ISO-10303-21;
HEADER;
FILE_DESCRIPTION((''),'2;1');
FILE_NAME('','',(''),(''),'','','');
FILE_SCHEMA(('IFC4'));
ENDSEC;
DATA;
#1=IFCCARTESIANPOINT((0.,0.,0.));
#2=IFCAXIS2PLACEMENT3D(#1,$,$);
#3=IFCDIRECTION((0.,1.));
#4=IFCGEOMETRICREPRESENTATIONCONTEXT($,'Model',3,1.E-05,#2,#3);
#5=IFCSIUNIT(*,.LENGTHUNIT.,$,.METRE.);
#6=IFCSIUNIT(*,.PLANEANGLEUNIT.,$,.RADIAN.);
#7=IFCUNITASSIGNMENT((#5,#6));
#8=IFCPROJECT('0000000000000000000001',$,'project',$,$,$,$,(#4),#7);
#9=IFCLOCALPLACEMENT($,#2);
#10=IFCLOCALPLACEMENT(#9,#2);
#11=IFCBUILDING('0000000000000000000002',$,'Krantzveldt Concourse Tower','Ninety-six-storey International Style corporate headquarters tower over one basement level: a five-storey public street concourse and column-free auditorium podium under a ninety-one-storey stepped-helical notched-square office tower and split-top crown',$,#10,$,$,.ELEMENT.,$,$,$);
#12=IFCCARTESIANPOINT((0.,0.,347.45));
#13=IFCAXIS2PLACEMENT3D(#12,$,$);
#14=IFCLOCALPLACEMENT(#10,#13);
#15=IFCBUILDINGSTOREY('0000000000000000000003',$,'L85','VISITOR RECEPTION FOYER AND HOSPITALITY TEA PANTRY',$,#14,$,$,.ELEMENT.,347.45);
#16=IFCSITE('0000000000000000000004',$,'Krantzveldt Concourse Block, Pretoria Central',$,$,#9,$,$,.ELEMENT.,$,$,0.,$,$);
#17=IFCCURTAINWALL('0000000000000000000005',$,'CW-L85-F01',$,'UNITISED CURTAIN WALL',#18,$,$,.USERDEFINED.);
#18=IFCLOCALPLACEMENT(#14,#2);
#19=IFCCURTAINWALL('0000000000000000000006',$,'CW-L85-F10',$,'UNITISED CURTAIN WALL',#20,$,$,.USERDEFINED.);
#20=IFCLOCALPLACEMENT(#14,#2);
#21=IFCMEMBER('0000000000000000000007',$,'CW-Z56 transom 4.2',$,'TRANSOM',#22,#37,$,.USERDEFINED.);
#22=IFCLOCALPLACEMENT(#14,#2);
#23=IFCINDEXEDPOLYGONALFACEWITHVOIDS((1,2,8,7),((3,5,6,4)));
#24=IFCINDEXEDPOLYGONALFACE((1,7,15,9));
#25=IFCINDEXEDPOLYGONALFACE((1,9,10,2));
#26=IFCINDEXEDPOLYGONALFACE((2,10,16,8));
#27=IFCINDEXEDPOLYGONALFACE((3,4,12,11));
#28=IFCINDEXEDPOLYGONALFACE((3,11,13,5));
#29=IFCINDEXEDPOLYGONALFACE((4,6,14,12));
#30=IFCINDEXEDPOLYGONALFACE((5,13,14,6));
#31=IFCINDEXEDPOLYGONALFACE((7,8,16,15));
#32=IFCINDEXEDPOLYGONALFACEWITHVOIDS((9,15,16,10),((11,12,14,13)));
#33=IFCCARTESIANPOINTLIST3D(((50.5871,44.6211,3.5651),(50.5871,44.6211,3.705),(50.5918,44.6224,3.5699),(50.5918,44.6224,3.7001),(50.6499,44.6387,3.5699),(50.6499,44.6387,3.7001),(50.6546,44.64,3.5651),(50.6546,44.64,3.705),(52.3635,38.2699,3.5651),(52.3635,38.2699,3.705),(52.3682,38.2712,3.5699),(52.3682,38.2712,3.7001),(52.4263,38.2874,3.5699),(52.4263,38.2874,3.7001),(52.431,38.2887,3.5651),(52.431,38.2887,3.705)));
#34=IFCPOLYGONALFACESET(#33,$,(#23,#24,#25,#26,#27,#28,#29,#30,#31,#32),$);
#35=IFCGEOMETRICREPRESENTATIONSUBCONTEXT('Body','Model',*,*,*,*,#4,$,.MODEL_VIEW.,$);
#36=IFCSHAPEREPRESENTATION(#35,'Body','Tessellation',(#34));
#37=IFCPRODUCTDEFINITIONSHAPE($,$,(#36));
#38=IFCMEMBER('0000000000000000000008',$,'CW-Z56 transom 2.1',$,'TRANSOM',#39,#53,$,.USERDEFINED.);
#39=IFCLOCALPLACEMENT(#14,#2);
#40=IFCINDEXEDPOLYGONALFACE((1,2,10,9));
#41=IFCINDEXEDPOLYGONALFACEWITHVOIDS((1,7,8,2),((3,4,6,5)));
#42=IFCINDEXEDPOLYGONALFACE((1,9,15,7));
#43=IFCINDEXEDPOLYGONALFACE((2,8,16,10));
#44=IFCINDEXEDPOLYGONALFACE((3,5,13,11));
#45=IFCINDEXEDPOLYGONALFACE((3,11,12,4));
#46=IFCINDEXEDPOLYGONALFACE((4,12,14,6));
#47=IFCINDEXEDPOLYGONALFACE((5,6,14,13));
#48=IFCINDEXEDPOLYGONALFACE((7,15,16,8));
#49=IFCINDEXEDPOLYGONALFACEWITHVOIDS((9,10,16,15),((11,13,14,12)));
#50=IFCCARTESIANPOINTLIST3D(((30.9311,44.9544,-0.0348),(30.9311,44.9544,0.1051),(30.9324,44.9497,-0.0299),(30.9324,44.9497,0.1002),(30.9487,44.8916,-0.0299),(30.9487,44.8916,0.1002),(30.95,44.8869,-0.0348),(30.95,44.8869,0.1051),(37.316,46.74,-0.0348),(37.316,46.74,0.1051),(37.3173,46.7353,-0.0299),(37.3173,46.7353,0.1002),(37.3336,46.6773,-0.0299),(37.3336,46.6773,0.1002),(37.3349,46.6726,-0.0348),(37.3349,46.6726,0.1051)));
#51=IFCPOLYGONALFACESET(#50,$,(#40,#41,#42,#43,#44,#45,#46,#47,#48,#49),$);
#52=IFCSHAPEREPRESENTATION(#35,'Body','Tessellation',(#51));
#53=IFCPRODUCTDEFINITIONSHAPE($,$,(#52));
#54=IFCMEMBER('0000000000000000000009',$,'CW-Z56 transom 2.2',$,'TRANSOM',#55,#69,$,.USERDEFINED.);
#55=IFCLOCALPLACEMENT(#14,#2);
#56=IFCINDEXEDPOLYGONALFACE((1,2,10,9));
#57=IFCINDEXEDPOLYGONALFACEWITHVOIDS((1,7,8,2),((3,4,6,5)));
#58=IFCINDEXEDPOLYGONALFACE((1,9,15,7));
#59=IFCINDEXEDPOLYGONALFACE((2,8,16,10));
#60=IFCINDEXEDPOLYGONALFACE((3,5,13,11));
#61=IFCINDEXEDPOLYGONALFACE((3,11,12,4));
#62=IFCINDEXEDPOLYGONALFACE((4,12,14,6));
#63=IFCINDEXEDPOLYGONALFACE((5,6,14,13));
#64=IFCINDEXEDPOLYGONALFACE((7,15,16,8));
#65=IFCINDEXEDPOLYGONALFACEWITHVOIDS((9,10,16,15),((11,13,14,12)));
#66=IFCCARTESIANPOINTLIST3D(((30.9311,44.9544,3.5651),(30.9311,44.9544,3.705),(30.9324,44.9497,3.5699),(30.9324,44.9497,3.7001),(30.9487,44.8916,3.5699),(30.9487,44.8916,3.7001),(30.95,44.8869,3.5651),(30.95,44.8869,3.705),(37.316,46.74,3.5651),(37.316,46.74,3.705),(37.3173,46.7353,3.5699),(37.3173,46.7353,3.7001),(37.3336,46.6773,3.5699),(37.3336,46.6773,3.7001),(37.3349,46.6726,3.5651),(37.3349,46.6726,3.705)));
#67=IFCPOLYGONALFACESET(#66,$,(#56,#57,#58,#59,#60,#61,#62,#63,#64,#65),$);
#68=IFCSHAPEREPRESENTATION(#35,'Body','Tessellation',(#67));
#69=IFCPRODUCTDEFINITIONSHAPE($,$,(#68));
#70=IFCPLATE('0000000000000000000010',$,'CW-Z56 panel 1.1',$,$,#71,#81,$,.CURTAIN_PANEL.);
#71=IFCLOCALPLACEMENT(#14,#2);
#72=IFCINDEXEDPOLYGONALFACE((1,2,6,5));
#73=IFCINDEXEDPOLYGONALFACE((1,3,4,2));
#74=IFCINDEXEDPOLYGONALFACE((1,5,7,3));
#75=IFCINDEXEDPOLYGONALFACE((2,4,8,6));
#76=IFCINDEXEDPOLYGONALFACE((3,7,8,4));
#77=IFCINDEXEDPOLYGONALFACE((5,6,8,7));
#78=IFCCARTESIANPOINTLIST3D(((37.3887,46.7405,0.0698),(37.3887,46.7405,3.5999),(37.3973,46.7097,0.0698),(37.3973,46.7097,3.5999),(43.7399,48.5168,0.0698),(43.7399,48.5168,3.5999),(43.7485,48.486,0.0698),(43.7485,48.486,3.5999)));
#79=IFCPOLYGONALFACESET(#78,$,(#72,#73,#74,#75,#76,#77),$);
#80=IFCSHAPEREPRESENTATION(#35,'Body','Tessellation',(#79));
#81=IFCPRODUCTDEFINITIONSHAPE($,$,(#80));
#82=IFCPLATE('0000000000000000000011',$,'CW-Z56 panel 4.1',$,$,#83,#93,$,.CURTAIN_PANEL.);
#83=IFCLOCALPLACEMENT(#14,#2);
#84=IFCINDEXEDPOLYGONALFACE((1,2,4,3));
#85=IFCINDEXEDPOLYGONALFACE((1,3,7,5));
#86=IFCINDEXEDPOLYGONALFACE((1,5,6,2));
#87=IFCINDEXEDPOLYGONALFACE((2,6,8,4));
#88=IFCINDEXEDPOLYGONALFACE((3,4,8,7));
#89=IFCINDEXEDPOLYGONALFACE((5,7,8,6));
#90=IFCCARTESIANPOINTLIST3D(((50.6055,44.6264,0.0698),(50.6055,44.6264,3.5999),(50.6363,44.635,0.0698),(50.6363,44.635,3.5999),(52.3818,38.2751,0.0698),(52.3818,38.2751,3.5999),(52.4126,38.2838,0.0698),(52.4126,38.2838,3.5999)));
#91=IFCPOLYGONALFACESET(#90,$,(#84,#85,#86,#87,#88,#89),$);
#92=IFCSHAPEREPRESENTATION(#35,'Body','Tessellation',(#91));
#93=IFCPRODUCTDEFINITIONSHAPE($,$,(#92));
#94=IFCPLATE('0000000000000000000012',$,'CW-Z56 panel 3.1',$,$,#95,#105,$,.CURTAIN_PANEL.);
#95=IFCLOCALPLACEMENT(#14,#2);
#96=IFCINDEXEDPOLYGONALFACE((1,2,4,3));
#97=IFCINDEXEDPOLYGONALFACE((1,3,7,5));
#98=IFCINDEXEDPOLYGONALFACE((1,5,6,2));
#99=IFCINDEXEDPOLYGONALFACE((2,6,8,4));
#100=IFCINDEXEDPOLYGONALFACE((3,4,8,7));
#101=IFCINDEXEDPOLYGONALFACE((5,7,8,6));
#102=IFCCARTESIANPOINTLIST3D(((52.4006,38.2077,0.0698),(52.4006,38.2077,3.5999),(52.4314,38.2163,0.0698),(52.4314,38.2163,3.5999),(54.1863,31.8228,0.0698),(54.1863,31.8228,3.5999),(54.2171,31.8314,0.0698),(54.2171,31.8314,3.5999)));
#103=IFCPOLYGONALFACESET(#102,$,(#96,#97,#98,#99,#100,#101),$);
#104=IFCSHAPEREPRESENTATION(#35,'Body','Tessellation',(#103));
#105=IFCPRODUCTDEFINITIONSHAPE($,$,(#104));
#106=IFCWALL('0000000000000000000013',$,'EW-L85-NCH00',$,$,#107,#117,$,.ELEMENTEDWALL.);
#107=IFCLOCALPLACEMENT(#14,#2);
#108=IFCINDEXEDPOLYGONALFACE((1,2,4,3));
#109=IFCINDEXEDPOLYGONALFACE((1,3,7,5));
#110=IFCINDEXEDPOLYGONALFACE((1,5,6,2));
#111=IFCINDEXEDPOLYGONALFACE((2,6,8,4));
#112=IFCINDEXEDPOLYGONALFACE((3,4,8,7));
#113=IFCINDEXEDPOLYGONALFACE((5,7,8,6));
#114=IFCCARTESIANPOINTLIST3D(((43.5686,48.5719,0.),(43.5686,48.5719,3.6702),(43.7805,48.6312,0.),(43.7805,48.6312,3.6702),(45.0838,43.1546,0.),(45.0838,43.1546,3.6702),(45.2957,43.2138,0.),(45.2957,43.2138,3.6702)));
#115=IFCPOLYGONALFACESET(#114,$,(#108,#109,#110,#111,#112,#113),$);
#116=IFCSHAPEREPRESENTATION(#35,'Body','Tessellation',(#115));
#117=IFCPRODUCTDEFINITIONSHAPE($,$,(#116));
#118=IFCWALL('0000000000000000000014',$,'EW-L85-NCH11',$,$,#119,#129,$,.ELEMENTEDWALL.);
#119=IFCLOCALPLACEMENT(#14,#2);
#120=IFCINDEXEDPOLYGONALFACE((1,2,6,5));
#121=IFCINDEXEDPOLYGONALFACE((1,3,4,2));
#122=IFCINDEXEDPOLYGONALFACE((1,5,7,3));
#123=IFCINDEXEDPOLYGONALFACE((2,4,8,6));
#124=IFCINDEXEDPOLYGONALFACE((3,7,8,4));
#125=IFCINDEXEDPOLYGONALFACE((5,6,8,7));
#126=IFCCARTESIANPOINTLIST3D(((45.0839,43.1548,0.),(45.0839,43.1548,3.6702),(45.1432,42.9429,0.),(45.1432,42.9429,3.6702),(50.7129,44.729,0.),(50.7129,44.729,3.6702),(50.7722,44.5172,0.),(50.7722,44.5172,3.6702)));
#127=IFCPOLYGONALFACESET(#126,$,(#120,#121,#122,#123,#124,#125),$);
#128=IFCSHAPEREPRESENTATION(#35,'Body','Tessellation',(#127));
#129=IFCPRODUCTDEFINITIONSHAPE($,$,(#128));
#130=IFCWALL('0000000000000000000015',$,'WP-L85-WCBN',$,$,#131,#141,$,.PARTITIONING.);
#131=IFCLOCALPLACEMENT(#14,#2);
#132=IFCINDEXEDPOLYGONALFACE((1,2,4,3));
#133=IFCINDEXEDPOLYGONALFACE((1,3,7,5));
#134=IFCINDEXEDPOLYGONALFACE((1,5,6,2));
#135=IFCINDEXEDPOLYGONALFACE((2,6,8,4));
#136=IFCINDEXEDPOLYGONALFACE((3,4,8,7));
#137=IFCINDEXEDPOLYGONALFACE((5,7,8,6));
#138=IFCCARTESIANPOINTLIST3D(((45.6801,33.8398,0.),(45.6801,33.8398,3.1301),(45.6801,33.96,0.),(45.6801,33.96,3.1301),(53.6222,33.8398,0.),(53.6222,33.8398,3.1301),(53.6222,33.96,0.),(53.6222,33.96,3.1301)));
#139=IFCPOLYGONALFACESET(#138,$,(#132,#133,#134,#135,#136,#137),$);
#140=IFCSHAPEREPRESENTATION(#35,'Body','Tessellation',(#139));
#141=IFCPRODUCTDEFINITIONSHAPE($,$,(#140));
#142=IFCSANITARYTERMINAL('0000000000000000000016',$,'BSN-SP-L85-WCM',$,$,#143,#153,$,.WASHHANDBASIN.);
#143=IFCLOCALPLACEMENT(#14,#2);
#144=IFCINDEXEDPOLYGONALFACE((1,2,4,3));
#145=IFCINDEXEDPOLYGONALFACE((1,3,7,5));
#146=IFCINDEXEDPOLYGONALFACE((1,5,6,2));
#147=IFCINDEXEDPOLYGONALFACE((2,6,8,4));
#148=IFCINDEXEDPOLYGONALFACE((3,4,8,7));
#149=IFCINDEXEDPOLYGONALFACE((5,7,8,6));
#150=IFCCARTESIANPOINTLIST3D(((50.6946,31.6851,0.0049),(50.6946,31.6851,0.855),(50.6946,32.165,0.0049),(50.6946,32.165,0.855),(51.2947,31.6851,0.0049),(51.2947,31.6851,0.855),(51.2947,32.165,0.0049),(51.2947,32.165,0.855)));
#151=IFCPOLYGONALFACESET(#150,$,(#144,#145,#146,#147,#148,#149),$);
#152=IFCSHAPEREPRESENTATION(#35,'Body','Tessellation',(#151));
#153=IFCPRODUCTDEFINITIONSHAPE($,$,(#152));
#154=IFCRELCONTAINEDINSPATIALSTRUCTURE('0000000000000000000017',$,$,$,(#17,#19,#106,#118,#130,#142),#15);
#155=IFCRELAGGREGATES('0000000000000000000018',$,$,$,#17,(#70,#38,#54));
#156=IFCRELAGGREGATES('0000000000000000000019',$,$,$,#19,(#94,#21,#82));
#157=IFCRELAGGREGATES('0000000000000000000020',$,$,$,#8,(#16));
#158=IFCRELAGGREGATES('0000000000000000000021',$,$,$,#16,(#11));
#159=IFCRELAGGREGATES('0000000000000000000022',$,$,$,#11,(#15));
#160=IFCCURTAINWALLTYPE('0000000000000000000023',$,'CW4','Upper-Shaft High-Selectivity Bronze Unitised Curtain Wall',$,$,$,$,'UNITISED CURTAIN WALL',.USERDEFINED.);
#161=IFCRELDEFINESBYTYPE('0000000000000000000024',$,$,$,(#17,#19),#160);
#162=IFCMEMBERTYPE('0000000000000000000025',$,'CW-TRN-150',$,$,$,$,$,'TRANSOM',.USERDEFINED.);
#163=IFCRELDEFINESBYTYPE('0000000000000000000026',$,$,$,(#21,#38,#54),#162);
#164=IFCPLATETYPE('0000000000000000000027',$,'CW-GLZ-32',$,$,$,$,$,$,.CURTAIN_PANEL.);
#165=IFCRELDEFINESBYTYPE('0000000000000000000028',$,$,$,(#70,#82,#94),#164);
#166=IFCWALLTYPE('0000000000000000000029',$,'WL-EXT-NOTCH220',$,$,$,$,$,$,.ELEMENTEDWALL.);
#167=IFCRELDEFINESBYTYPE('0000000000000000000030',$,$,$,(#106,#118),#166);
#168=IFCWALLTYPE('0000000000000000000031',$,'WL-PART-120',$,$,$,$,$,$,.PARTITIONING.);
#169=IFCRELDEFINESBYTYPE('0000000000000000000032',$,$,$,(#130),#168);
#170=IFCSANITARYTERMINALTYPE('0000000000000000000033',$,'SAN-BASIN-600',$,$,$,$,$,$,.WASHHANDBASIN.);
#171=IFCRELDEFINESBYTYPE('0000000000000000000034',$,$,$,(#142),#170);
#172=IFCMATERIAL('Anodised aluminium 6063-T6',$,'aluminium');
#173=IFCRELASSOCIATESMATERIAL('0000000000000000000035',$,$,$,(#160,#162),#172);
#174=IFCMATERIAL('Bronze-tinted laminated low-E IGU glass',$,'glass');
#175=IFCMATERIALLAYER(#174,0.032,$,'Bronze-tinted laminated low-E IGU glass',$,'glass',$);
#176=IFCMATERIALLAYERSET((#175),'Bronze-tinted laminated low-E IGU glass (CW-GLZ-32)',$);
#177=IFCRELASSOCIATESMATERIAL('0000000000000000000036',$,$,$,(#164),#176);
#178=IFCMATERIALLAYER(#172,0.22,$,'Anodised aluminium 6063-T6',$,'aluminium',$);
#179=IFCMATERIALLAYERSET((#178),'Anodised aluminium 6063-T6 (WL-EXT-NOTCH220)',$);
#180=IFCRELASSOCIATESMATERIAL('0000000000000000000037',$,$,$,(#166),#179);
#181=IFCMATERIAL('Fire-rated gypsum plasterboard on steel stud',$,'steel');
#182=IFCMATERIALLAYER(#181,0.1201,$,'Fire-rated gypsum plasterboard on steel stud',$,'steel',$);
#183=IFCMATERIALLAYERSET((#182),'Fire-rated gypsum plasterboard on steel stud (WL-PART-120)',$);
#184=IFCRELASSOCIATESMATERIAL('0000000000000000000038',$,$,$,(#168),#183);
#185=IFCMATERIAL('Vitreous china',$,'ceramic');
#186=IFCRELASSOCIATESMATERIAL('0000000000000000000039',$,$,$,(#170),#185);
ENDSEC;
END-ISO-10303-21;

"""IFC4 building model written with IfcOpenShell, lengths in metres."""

from ifc_helpers import new_model, si_unit, direction, frame, frame_2d, origin, origin_2d, place, context, subcontext, project, spatial, rectangle, hollow_rectangle, extrude, source, transform, mapped, material, layer, layer_set, material_profile, profile_set, type_object, type_shapes, element, aggregate, save


model = new_model("IFC4")

# Units and contexts
model_context = context("Model", 3, precision=1e-05, world=origin(), true_north=direction((0.0, 1.0)))
body_context = subcontext(model_context, "Body", "Model", "MODEL_VIEW")
ifc_project = project(units=[si_unit("LENGTHUNIT", "METRE"), si_unit("PLANEANGLEUNIT", "RADIAN")], contexts=[model_context])

# Site, building, storey
site_placement = place(None, origin())
site = spatial("IfcSite", under=ifc_project, at=site_placement, Name="Krantzveldt Concourse Block, Pretoria Central", CompositionType="ELEMENT", RefElevation=0.0)
building_placement = place(site_placement, origin())
building = spatial("IfcBuilding", under=site, at=building_placement, Name="Krantzveldt Concourse Tower", Description="Ninety-six-storey International Style corporate headquarters tower over one basement level: a five-storey public street concourse and column-free auditorium podium under a ninety-one-storey stepped-helical notched-square office tower and split-top crown", CompositionType="ELEMENT")
storey_placement = place(building_placement, frame((0.0, 0.0, 347.45)))
storey = spatial("IfcBuildingStorey", under=building, at=storey_placement, Name="L85", Description="VISITOR RECEPTION FOYER AND HOSPITALITY TEA PANTRY", CompositionType="ELEMENT", Elevation=347.45)

# Curtain walls
ifc_material_1 = material(Name="Anodised aluminium 6063-T6", Category="aluminium")
curtain_wall_type = type_object("IfcCurtainWallType", Name="CW4", Description="Upper-Shaft High-Selectivity Bronze Unitised Curtain Wall", ElementType="UNITISED CURTAIN WALL", PredefinedType="USERDEFINED", material=ifc_material_1)
curtain_wall_1_placement = place(storey_placement, origin())
curtain_wall_1 = element("IfcCurtainWall", 1, at=curtain_wall_1_placement, inside=storey, type_object=curtain_wall_type, Name="CW-L85-F01", ObjectType="UNITISED CURTAIN WALL", PredefinedType="USERDEFINED")
curtain_wall_2_placement = place(storey_placement, origin())
curtain_wall_2 = element("IfcCurtainWall", 2, at=curtain_wall_2_placement, inside=storey, type_object=curtain_wall_type, Name="CW-L85-F10", ObjectType="UNITISED CURTAIN WALL", PredefinedType="USERDEFINED")

# Members
ifc_material_profile_1 = material_profile(ifc_material_1, hollow_rectangle(XDim=0.0701, YDim=0.1399, WallThickness=0.0049, at=origin_2d()), Name="Anodised aluminium 6063-T6", Category="aluminium")
ifc_profile_set_1 = profile_set([ifc_material_profile_1], Name="Anodised aluminium 6063-T6 - ALU-TRAN 140x70x5")
member_type_1 = type_object("IfcMemberType", Name="CW-TRN-150", ElementType="TRANSOM", PredefinedType="USERDEFINED", material=ifc_profile_set_1)
shared_shape_1 = source(origin(), body_context, "Body", "SweptSolid", [
    extrude(hollow_rectangle(XDim=0.0701, YDim=0.1399, WallThickness=0.0049, at=origin_2d()), origin(), (0.0, 0.0, 1.0), 6.595),
])
member_1_placement = place(storey_placement, frame((52.3972, 38.2793, 3.635), z_axis=(-0.269348, 0.963043, 0.0), x_axis=(-0.963043, -0.269348, 0.0)))
member_1 = element("IfcMember", 3, at=member_1_placement, type_object=member_type_1, Name="CW-Z56 transom 4.2", ObjectType="TRANSOM", PredefinedType="USERDEFINED", context=body_context, shape_type="MappedRepresentation", body=[
    mapped(shared_shape_1, transform((0.0, 0.0, 0.0), x_axis=(1.0, 0.0, 0.0), y_axis=(0.0, 1.0, 0.0), z_axis=(0.0, 0.0, 1.0), scale=1.0)),
])
shared_shape_2 = source(origin(), body_context, "Body", "SweptSolid", [
    extrude(hollow_rectangle(XDim=0.0701, YDim=0.1399, WallThickness=0.0049, at=origin_2d()), origin(), (0.0, 0.0, 1.0), 6.6299),
])
type_shapes(member_type_1, [shared_shape_1, shared_shape_2])
member_2_placement = place(storey_placement, frame((37.3254, 46.7063, 0.0352), z_axis=(-0.963048, -0.269328, 0.0), x_axis=(0.269328, -0.963048, 0.0)))
member_2 = element("IfcMember", 4, at=member_2_placement, type_object=member_type_1, Name="CW-Z56 transom 2.1", ObjectType="TRANSOM", PredefinedType="USERDEFINED", context=body_context, shape_type="MappedRepresentation", body=[
    mapped(shared_shape_2, transform((0.0, 0.0, 0.0), x_axis=(1.0, 0.0, 0.0), y_axis=(0.0, 1.0, 0.0), z_axis=(0.0, 0.0, 1.0), scale=1.0)),
])
member_3_placement = place(storey_placement, frame((37.3254, 46.7063, 3.635), z_axis=(-0.963048, -0.269328, 0.0), x_axis=(0.269328, -0.963048, 0.0)))
member_3 = element("IfcMember", 5, at=member_3_placement, type_object=member_type_1, Name="CW-Z56 transom 2.2", ObjectType="TRANSOM", PredefinedType="USERDEFINED", context=body_context, shape_type="MappedRepresentation", body=[
    mapped(shared_shape_2, transform((0.0, 0.0, 0.0), x_axis=(1.0, 0.0, 0.0), y_axis=(0.0, 1.0, 0.0), z_axis=(0.0, 0.0, 1.0), scale=1.0)),
])

# Plates
ifc_material_2 = material(Name="Bronze-tinted laminated low-E IGU glass", Category="glass")
ifc_layer_1 = layer(ifc_material_2, 0.032, Name="Bronze-tinted laminated low-E IGU glass", Category="glass")
ifc_layer_set_1 = layer_set([ifc_layer_1], Name="Bronze-tinted laminated low-E IGU glass (CW-GLZ-32)")
plate_type = type_object("IfcPlateType", Name="CW-GLZ-32", PredefinedType="CURTAIN_PANEL", material=ifc_layer_set_1)
shared_shape_3 = source(origin(), body_context, "Body", "SweptSolid", [
    extrude(rectangle(XDim=6.595, YDim=0.032, at=origin_2d()), origin(), (0.0, 0.0, 1.0), 3.53),
])
plate_1_placement = place(storey_placement, frame((40.5686, 47.6133, 0.0698), z_axis=(0.0, 0.0, 1.0), x_axis=(-0.963045, -0.26934, 0.0)))
plate_1 = element("IfcPlate", 6, at=plate_1_placement, type_object=plate_type, Name="CW-Z56 panel 1.1", PredefinedType="CURTAIN_PANEL", context=body_context, shape_type="MappedRepresentation", body=[
    mapped(shared_shape_3, transform((0.0, 0.0, 0.0), x_axis=(1.0, 0.0, 0.0), y_axis=(0.0, 1.0, 0.0), z_axis=(0.0, 0.0, 1.0), scale=1.0)),
])
aggregate(curtain_wall_1, [plate_1, member_2, member_3])
plate_2_placement = place(storey_placement, frame((51.509, 41.4551, 0.0698), z_axis=(0.0, 0.0, 1.0), x_axis=(-0.26934, 0.963045, 0.0)))
plate_2 = element("IfcPlate", 7, at=plate_2_placement, type_object=plate_type, Name="CW-Z56 panel 4.1", PredefinedType="CURTAIN_PANEL", context=body_context, shape_type="MappedRepresentation", body=[
    mapped(shared_shape_3, transform((0.0, 0.0, 0.0), x_axis=(1.0, 0.0, 0.0), y_axis=(0.0, 1.0, 0.0), z_axis=(0.0, 0.0, 1.0), scale=1.0)),
])
shared_shape_4 = source(origin(), body_context, "Body", "SweptSolid", [
    extrude(rectangle(XDim=6.6299, YDim=0.032, at=origin_2d()), origin(), (0.0, 0.0, 1.0), 3.53),
])
type_shapes(plate_type, [shared_shape_3, shared_shape_4])
plate_3_placement = place(storey_placement, frame((53.3088, 35.0195, 0.0698), z_axis=(0.0, 0.0, 1.0), x_axis=(-0.26934, 0.963045, 0.0)))
plate_3 = element("IfcPlate", 8, at=plate_3_placement, type_object=plate_type, Name="CW-Z56 panel 3.1", PredefinedType="CURTAIN_PANEL", context=body_context, shape_type="MappedRepresentation", body=[
    mapped(shared_shape_4, transform((0.0, 0.0, 0.0), x_axis=(1.0, 0.0, 0.0), y_axis=(0.0, 1.0, 0.0), z_axis=(0.0, 0.0, 1.0), scale=1.0)),
])
aggregate(curtain_wall_2, [plate_3, member_1, plate_2])

# Walls
ifc_layer_2 = layer(ifc_material_1, 0.22, Name="Anodised aluminium 6063-T6", Category="aluminium")
ifc_layer_set_2 = layer_set([ifc_layer_2], Name="Anodised aluminium 6063-T6 (WL-EXT-NOTCH220)")
wall_type_1 = type_object("IfcWallType", Name="WL-EXT-NOTCH220", PredefinedType="ELEMENTEDWALL", material=ifc_layer_set_2)
wall_1_placement = place(storey_placement, frame((45.1897, 43.1843, 0.0), z_axis=(0.0, 0.0, 1.0), x_axis=(-0.269351, 0.963042, 0.0)))
element("IfcWall", 9, at=wall_1_placement, inside=storey, type_object=wall_type_1, Name="EW-L85-NCH00", PredefinedType="ELEMENTEDWALL", context=body_context, shape_type="SweptSolid", body=[
    extrude(rectangle(XDim=5.6252, YDim=0.22, at=frame_2d((2.8125, 0.0))), origin(), (0.0, 0.0, 1.0), 3.6702),
])
wall_2_placement = place(storey_placement, frame((50.7424, 44.623, 0.0), z_axis=(0.0, 0.0, 1.0), x_axis=(-0.963047, -0.269332, 0.0)))
element("IfcWall", 10, at=wall_2_placement, inside=storey, type_object=wall_type_1, Name="EW-L85-NCH11", PredefinedType="ELEMENTEDWALL", context=body_context, shape_type="SweptSolid", body=[
    extrude(rectangle(XDim=5.845, YDim=0.22, at=frame_2d((2.9224, 0.0))), origin(), (0.0, 0.0, 1.0), 3.6702),
])
ifc_material_3 = material(Name="Fire-rated gypsum plasterboard on steel stud", Category="steel")
ifc_layer_3 = layer(ifc_material_3, 0.1201, Name="Fire-rated gypsum plasterboard on steel stud", Category="steel")
ifc_layer_set_3 = layer_set([ifc_layer_3], Name="Fire-rated gypsum plasterboard on steel stud (WL-PART-120)")
wall_type_2 = type_object("IfcWallType", Name="WL-PART-120", PredefinedType="PARTITIONING", material=ifc_layer_set_3)
wall_3_placement = place(storey_placement, frame((45.6799, 33.8999, 0.0), z_axis=(0.0, 0.0, 1.0), x_axis=(1.0, 0.0, 0.0)))
element("IfcWall", 11, at=wall_3_placement, inside=storey, type_object=wall_type_2, Name="WP-L85-WCBN", PredefinedType="PARTITIONING", context=body_context, shape_type="SweptSolid", body=[
    extrude(rectangle(XDim=7.9421, YDim=0.1201, at=frame_2d((3.9712, 0.0))), origin(), (0.0, 0.0, 1.0), 3.1301),
])

# Sanitary terminal
ifc_material_4 = material(Name="Vitreous china", Category="ceramic")
sanitary_terminal_type = type_object("IfcSanitaryTerminalType", Name="SAN-BASIN-600", PredefinedType="WASHHANDBASIN", material=ifc_material_4)
shared_shape_5 = source(origin(), body_context, "Body", "SweptSolid", [
    extrude(rectangle(XDim=0.6001, YDim=0.48, at=origin_2d()), origin(), (0.0, 0.0, 1.0), 0.8501),
])
type_shapes(sanitary_terminal_type, [shared_shape_5])
sanitary_terminal_placement = place(storey_placement, frame((50.9946, 31.925, 0.0049), z_axis=(0.0, 0.0, 1.0), x_axis=(1.0, 0.0, 0.0)))
element("IfcSanitaryTerminal", 12, at=sanitary_terminal_placement, inside=storey, type_object=sanitary_terminal_type, Name="BSN-SP-L85-WCM", PredefinedType="WASHHANDBASIN", context=body_context, shape_type="MappedRepresentation", body=[
    mapped(shared_shape_5, transform((0.0, 0.0, 0.0), x_axis=(1.0, 0.0, 0.0), y_axis=(0.0, 1.0, 0.0), z_axis=(0.0, 0.0, 1.0), scale=1.0)),
])

save(model, "model.ifc")
